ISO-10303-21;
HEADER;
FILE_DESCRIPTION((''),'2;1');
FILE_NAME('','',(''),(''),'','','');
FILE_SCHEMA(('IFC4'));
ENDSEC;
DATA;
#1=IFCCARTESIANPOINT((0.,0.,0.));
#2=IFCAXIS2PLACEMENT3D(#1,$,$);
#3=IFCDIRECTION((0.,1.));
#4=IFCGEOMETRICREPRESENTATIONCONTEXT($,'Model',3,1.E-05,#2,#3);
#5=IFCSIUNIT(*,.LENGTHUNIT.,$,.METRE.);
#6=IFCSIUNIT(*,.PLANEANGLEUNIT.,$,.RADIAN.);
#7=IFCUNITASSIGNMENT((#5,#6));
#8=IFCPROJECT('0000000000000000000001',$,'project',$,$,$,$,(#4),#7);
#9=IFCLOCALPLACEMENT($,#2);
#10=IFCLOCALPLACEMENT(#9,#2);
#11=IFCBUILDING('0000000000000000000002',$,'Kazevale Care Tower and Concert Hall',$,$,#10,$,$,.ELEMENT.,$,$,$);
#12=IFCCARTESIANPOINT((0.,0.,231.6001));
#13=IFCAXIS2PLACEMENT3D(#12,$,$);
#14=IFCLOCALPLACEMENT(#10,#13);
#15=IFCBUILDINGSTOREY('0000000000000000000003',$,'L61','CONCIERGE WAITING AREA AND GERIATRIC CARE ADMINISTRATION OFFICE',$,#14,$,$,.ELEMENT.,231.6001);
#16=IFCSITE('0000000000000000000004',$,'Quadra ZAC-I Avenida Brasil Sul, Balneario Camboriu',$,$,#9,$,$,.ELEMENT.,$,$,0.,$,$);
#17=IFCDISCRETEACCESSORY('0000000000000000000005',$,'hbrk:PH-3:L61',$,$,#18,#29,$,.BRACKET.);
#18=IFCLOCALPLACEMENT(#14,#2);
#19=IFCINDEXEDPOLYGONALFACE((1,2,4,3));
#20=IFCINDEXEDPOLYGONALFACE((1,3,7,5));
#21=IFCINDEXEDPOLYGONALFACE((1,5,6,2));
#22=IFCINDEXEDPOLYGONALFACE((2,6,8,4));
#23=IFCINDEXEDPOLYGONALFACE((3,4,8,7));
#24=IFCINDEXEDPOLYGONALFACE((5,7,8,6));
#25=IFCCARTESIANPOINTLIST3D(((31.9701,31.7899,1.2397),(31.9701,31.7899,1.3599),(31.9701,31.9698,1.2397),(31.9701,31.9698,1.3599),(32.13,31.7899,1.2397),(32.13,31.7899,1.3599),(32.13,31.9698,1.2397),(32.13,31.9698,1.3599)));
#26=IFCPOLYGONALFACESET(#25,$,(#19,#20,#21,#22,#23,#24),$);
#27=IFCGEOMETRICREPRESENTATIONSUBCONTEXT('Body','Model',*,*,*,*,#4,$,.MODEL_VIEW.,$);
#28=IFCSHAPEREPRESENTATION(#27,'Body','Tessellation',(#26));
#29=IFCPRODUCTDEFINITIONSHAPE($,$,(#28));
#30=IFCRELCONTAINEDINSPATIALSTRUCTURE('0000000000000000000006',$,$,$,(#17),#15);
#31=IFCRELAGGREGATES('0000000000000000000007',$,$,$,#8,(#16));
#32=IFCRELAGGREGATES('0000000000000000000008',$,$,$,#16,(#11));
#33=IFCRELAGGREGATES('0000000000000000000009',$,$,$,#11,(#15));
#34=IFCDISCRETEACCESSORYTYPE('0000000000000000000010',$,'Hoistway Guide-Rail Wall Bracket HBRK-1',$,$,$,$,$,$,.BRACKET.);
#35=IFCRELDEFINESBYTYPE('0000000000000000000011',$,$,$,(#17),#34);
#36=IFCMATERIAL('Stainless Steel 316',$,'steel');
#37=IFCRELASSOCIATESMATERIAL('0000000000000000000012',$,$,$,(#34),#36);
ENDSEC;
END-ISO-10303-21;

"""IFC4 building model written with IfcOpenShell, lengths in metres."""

from ifc_helpers import new_model, si_unit, direction, frame, origin, origin_2d, place, context, subcontext, project, spatial, rectangle, extrude, material, type_object, element, save


model = new_model("IFC4")

# Units and contexts
model_context = context("Model", 3, precision=1e-05, world=origin(), true_north=direction((0.0, 1.0)))
body_context = subcontext(model_context, "Body", "Model", "MODEL_VIEW")
ifc_project = project(units=[si_unit("LENGTHUNIT", "METRE"), si_unit("PLANEANGLEUNIT", "RADIAN")], contexts=[model_context])

# Site, building, storey
site_placement = place(None, origin())
site = spatial("IfcSite", under=ifc_project, at=site_placement, Name="Quadra ZAC-I Avenida Brasil Sul, Balneario Camboriu", CompositionType="ELEMENT", RefElevation=0.0)
building_placement = place(site_placement, origin())
building = spatial("IfcBuilding", under=site, at=building_placement, Name="Kazevale Care Tower and Concert Hall", CompositionType="ELEMENT")
storey_placement = place(building_placement, frame((0.0, 0.0, 231.6001)))
storey = spatial("IfcBuildingStorey", under=building, at=storey_placement, Name="L61", Description="CONCIERGE WAITING AREA AND GERIATRIC CARE ADMINISTRATION OFFICE", CompositionType="ELEMENT", Elevation=231.6001)

# Shared definitions
ifc_material_1 = material(Name="Stainless Steel 316", Category="steel")

# Discrete accessory
discrete_accessory_type = type_object("IfcDiscreteAccessoryType", Name="Hoistway Guide-Rail Wall Bracket HBRK-1", PredefinedType="BRACKET", material=ifc_material_1)
for number, where, z_axis, x_axis, name in (
    (1, (32.05, 31.8799, 1.2397), (0.0, 0.0, 1.0), (1.0, 0.0, 0.0), "hbrk:PH-3:L61"),
):
    element("IfcDiscreteAccessory", number, at=place(storey_placement, frame(where, z_axis=z_axis, x_axis=x_axis)), inside=storey, type_object=discrete_accessory_type, Name=name, PredefinedType="BRACKET", context=body_context, shape_type="SweptSolid", body=[
        extrude(rectangle(XDim=0.1599, YDim=0.1799, at=origin_2d()), origin(), (0.0, 0.0, 1.0), 0.1201),
    ])

save(model, "model.ifc")
